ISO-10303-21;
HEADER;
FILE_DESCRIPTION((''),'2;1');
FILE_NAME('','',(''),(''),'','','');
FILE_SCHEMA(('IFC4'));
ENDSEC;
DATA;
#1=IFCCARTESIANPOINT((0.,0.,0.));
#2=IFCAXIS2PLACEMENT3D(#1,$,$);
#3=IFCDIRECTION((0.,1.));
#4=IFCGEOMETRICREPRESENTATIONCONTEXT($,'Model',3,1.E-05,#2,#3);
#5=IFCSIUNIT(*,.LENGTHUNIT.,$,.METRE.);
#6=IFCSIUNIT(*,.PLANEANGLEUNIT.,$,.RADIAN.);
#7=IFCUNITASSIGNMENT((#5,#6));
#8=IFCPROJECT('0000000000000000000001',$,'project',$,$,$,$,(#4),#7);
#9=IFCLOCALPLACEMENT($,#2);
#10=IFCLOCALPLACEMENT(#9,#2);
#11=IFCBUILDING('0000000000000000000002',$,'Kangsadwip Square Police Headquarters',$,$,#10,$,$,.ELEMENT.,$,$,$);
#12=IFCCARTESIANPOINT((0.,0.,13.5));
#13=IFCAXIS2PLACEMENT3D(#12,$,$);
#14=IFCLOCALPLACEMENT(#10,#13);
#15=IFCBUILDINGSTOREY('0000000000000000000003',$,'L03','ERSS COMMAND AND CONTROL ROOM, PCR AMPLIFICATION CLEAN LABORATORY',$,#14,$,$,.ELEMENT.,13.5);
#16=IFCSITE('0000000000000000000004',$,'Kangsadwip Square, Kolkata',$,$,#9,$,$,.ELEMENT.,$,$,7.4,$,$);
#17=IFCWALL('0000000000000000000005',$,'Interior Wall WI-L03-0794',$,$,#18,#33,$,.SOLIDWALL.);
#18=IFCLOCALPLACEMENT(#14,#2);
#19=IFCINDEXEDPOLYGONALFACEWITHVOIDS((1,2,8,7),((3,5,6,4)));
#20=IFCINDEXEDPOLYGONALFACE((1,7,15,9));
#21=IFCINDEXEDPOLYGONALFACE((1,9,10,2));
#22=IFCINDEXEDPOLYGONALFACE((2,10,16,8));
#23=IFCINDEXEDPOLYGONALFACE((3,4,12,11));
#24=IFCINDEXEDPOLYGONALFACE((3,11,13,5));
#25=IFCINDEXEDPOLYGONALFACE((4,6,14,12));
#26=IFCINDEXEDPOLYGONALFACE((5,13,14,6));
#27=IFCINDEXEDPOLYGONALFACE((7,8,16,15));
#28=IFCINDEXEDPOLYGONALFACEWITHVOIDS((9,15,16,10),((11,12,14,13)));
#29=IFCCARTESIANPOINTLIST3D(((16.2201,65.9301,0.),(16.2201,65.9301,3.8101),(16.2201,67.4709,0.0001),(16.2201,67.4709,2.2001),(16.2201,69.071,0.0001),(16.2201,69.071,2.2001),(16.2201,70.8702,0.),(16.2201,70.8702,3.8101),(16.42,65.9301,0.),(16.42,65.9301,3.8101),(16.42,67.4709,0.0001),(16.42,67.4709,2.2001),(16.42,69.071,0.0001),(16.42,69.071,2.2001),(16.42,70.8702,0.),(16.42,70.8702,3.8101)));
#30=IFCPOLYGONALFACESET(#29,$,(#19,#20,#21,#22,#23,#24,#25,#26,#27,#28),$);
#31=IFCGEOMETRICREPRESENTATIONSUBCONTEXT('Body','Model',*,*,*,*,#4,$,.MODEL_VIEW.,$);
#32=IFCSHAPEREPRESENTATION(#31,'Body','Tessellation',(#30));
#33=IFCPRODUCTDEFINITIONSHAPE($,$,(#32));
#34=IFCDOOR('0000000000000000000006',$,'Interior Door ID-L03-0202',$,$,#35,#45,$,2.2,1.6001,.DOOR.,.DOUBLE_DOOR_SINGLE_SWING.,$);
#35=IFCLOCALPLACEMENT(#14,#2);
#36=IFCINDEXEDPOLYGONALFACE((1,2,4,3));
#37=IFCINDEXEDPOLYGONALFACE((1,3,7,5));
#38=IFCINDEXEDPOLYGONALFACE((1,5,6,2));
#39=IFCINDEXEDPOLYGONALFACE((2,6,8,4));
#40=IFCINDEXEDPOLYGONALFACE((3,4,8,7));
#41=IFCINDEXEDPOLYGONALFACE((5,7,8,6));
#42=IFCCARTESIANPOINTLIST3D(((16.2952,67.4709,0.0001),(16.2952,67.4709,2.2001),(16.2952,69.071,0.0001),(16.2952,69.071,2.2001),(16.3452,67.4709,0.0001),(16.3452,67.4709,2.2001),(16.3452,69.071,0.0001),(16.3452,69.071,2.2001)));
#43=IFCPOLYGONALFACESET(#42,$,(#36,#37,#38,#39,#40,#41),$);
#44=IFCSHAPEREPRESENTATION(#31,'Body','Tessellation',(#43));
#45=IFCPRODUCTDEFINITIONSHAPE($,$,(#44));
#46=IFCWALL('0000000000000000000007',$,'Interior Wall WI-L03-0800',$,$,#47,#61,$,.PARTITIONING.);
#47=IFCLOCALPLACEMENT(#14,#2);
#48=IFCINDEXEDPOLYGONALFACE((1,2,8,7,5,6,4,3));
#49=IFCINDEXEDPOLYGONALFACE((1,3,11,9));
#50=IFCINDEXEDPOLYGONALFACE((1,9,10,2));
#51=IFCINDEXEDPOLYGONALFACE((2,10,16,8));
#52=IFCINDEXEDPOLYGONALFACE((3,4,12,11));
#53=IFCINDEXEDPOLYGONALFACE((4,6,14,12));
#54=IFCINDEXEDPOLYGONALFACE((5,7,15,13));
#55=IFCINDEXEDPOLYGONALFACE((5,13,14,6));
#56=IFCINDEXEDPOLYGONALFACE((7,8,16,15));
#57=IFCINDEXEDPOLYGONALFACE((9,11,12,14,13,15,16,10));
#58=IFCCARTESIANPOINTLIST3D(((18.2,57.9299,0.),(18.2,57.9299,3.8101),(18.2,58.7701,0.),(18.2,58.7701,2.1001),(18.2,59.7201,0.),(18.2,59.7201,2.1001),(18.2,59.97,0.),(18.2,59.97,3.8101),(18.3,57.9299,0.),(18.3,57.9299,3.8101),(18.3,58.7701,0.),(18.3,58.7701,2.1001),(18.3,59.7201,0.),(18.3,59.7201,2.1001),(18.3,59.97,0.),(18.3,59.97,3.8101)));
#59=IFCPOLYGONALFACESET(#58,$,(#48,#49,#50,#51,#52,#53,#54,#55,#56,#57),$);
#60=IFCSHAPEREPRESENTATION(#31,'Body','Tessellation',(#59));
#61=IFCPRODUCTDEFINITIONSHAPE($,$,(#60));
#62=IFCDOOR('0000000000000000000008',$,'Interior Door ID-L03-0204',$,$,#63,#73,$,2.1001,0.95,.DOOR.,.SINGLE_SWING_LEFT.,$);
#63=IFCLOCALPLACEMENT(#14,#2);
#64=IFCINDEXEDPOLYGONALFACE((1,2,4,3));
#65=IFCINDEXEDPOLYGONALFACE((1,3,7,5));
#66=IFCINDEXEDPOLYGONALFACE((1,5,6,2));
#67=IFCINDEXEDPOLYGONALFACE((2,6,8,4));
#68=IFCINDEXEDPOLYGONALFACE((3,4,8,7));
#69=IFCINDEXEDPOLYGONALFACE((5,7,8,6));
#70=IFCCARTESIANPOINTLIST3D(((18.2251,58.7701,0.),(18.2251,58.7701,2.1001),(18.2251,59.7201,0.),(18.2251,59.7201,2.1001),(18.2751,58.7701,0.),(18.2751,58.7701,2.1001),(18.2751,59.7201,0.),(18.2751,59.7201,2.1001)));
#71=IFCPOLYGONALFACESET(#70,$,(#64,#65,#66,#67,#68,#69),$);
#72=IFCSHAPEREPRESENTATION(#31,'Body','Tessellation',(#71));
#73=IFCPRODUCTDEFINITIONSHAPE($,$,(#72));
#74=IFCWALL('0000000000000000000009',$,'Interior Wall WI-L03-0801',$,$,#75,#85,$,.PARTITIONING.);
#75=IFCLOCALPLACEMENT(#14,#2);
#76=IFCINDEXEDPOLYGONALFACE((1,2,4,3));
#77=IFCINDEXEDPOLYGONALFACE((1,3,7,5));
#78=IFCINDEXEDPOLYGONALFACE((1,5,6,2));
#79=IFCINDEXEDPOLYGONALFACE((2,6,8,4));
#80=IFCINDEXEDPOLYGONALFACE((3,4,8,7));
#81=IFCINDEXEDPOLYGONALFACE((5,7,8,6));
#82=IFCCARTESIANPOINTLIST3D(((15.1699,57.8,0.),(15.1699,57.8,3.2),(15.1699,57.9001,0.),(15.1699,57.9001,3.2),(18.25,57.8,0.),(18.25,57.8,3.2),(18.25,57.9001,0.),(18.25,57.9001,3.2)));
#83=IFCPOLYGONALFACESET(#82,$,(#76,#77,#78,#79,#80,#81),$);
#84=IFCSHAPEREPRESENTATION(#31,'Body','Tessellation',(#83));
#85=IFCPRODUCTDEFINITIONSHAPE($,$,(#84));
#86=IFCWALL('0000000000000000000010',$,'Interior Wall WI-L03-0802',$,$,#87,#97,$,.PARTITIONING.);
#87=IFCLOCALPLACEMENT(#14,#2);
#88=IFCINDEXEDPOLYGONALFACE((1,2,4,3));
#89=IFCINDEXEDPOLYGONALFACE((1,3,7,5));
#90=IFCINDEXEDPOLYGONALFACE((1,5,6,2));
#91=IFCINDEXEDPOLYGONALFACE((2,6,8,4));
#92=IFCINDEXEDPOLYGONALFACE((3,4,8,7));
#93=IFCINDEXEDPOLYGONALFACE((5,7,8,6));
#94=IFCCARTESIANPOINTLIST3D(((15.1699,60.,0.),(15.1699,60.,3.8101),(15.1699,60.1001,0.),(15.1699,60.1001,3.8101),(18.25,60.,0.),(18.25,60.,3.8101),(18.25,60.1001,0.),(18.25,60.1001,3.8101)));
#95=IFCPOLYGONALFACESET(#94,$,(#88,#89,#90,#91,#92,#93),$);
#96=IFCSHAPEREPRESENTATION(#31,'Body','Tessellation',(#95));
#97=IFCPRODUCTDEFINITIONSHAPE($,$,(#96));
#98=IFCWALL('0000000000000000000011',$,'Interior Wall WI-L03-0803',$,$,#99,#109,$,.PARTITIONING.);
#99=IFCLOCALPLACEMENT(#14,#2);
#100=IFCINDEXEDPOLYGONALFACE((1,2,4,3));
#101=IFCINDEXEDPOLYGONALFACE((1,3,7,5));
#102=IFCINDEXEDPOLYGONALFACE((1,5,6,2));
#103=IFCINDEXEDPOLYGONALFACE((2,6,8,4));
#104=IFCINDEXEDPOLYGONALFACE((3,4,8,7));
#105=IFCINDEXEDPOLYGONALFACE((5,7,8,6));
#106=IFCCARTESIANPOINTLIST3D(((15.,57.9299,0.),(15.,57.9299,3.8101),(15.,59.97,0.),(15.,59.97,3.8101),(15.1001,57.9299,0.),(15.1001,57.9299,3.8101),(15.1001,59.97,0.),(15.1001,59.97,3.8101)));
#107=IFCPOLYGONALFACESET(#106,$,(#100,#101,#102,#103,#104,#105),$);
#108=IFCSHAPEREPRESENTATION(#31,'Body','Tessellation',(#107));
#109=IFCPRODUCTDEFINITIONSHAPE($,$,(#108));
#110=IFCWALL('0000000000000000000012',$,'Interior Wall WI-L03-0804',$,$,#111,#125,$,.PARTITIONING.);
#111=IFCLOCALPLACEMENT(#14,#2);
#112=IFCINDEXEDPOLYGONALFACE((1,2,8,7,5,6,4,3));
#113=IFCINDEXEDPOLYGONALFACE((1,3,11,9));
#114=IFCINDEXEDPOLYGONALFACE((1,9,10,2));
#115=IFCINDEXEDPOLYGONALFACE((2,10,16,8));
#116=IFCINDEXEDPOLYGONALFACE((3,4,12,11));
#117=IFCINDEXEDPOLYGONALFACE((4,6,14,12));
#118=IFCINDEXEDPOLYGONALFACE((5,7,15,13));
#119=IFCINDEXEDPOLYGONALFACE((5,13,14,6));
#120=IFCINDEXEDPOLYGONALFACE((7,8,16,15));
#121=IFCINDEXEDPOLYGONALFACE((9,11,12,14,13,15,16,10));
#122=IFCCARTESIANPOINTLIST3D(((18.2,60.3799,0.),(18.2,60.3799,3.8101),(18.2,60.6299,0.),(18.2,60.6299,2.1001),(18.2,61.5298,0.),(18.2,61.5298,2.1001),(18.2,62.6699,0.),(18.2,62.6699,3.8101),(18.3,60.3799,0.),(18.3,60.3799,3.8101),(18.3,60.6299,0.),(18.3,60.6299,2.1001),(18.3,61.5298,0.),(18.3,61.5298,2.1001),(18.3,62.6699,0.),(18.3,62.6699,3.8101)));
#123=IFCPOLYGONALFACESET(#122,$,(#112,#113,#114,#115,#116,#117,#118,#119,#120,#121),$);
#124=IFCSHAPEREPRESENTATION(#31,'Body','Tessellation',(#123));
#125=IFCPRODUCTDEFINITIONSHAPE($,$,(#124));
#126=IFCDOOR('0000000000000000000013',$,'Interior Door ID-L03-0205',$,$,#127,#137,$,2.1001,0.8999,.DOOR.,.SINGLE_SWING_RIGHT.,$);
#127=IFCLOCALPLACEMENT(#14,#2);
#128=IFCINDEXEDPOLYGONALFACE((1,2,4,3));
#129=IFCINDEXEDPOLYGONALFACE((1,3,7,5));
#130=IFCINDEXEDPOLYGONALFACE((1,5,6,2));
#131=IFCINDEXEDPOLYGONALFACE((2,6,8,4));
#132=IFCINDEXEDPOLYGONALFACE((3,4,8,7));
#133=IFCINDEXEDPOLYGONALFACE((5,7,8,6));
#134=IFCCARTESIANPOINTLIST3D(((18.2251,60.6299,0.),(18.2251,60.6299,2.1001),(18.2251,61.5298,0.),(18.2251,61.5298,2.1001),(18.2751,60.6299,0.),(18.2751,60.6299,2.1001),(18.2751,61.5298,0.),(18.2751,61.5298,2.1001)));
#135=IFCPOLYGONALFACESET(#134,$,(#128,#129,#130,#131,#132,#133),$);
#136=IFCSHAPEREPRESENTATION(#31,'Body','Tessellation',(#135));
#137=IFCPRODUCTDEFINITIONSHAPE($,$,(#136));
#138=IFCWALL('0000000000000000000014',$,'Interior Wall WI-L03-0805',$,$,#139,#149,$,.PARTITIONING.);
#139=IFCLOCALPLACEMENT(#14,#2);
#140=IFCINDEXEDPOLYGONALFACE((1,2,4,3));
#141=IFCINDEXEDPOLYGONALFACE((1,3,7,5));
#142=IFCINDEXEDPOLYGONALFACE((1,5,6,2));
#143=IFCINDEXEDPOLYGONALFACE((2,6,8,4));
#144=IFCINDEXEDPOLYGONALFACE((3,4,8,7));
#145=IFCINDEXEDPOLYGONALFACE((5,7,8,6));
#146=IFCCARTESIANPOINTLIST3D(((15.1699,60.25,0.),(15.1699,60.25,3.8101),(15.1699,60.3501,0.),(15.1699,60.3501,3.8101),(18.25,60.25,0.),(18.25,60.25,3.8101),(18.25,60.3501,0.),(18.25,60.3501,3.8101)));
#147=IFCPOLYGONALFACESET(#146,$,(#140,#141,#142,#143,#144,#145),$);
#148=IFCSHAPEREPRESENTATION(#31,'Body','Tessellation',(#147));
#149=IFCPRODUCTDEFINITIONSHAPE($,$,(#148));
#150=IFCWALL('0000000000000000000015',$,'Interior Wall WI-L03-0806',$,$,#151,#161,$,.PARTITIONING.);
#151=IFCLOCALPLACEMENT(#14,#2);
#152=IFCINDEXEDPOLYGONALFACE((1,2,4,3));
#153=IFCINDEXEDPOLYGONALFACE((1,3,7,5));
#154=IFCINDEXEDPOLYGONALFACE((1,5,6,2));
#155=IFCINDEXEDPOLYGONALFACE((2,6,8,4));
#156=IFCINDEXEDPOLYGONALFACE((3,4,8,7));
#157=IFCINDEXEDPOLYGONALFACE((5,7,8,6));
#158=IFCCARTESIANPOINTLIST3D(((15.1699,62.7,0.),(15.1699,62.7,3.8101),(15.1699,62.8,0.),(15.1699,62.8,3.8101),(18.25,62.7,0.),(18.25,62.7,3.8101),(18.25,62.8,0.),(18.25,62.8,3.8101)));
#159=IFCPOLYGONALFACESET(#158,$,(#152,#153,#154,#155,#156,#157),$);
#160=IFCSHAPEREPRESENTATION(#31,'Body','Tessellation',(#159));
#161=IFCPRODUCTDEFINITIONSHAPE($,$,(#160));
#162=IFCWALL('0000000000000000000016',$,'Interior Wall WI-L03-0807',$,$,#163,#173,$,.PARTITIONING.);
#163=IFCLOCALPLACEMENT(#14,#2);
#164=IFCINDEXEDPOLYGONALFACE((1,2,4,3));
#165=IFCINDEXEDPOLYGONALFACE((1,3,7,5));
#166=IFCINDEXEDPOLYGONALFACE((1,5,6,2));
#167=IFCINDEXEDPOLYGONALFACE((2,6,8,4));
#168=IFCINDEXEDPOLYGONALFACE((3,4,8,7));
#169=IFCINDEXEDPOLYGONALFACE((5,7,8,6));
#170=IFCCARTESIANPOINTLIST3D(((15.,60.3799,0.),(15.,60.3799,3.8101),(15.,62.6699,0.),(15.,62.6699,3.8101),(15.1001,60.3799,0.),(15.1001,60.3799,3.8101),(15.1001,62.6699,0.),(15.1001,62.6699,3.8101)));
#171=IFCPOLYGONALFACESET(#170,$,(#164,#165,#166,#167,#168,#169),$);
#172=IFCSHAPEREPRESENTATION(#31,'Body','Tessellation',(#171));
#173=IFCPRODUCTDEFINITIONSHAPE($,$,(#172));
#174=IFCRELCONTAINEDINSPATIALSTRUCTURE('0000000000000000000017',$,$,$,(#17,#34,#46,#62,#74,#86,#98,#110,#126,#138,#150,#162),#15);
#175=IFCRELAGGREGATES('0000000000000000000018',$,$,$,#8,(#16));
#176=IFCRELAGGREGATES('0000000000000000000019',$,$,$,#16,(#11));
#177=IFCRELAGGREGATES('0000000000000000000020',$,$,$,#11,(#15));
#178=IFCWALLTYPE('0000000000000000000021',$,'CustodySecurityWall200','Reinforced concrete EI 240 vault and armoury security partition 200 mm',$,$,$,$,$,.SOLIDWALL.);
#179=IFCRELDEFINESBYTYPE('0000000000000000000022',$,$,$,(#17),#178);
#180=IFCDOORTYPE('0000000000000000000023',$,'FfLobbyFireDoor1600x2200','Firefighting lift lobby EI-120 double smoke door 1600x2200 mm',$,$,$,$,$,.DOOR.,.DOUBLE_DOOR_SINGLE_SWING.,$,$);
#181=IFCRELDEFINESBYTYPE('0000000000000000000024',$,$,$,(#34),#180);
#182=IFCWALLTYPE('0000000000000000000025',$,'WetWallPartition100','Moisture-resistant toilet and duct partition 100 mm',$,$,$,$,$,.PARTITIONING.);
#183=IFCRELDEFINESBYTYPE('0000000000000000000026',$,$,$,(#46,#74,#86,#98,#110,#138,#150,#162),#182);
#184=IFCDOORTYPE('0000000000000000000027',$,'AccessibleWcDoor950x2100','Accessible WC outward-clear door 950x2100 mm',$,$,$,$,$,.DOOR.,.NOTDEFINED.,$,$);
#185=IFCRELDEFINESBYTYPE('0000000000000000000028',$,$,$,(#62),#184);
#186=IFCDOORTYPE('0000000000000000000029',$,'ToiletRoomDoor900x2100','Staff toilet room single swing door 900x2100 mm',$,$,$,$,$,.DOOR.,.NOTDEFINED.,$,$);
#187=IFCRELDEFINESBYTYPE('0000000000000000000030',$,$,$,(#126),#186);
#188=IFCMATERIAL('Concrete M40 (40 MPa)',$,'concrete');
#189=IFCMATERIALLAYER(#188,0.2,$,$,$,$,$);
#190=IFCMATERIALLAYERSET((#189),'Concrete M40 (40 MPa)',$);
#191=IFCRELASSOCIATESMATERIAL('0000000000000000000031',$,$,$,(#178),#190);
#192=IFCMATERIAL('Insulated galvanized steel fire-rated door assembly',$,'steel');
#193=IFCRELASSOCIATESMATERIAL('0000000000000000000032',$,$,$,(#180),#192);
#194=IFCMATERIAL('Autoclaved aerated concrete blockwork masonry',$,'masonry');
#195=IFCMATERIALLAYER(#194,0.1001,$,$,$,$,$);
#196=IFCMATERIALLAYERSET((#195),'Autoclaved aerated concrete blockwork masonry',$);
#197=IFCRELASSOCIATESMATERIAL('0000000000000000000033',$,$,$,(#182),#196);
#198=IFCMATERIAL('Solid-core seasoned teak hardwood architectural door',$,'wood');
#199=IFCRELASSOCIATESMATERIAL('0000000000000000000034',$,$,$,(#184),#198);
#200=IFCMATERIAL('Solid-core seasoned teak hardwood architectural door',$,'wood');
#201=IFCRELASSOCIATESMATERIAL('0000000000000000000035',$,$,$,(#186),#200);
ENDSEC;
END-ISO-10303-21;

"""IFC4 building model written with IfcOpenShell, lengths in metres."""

from ifc_helpers import new_model, si_unit, direction, frame, frame_2d, origin, place, context, subcontext, project, spatial, rectangle, extrude, material, layer, layer_set, type_object, element, fill, save


model = new_model("IFC4")

# Units and contexts
model_context = context("Model", 3, precision=1e-05, world=origin(), true_north=direction((0.0, 1.0)))
body_context = subcontext(model_context, "Body", "Model", "MODEL_VIEW")
ifc_project = project(units=[si_unit("LENGTHUNIT", "METRE"), si_unit("PLANEANGLEUNIT", "RADIAN")], contexts=[model_context])

# Site, building, storey
site_placement = place(None, origin())
site = spatial("IfcSite", under=ifc_project, at=site_placement, Name="Kangsadwip Square, Kolkata", CompositionType="ELEMENT", RefElevation=7.4)
building_placement = place(site_placement, origin())
building = spatial("IfcBuilding", under=site, at=building_placement, Name="Kangsadwip Square Police Headquarters", CompositionType="ELEMENT")
storey_placement = place(building_placement, frame((0.0, 0.0, 13.5)))
storey = spatial("IfcBuildingStorey", under=building, at=storey_placement, Name="L03", Description="ERSS COMMAND AND CONTROL ROOM, PCR AMPLIFICATION CLEAN LABORATORY", CompositionType="ELEMENT", Elevation=13.5)

# Walls, openings, doors
ifc_material_1 = material(Name="Concrete M40 (40 MPa)", Category="concrete")
ifc_layer_1 = layer(ifc_material_1, 0.2)
ifc_layer_set_1 = layer_set([ifc_layer_1], Name="Concrete M40 (40 MPa)")
wall_type_1 = type_object("IfcWallType", Name="CustodySecurityWall200", Description="Reinforced concrete EI 240 vault and armoury security partition 200 mm", PredefinedType="SOLIDWALL", material=ifc_layer_set_1)
wall_1_placement = place(storey_placement, frame((16.3201, 65.9299, 0.0), z_axis=(0.0, 0.0, 1.0), x_axis=(0.0, 1.0, 0.0)))
wall_1 = element("IfcWall", 1, at=wall_1_placement, inside=storey, type_object=wall_type_1, Name="Interior Wall WI-L03-0794", PredefinedType="SOLIDWALL", context=body_context, shape_type="SweptSolid", body=[
    extrude(rectangle(XDim=4.9402, YDim=0.2, at=frame_2d((2.4702, 0.0))), origin(), (0.0, 0.0, 1.0), 3.8101),
])
opening_1_placement = place(wall_1_placement, frame((1.541, 0.0, 0.0)))
opening_1 = element("IfcOpeningElement", 2, at=opening_1_placement, cuts=wall_1, PredefinedType="OPENING", context=body_context, shape_type="SweptSolid", body=[
    extrude(rectangle(XDim=1.6001, YDim=2.2, at=frame_2d((0.8, 1.1001))), frame((0.0, 0.1099, 0.0), z_axis=(0.0, -1.0, 0.0), x_axis=(1.0, 0.0, 0.0)), (0.0, 0.0, 1.0), 0.22),
])
ifc_material_2 = material(Name="Insulated galvanized steel fire-rated door assembly", Category="steel")
door_type_1 = type_object("IfcDoorType", Name="FfLobbyFireDoor1600x2200", Description="Firefighting lift lobby EI-120 double smoke door 1600x2200 mm", OperationType="DOUBLE_DOOR_SINGLE_SWING", PredefinedType="DOOR", material=ifc_material_2)
door_1_placement = place(opening_1_placement, origin())
door_1 = element("IfcDoor", 3, at=door_1_placement, inside=storey, type_object=door_type_1, Name="Interior Door ID-L03-0202", OperationType="DOUBLE_DOOR_SINGLE_SWING", OverallHeight=2.2, OverallWidth=1.6001, PredefinedType="DOOR", context=body_context, shape_type="SweptSolid", body=[
    extrude(rectangle(XDim=1.6001, YDim=2.2, at=frame_2d((0.8, 1.1001))), frame((0.0, 0.0249, 0.0), z_axis=(0.0, -1.0, 0.0), x_axis=(1.0, 0.0, 0.0)), (0.0, 0.0, 1.0), 0.05),
])
fill(opening_1, door_1)
ifc_material_3 = material(Name="Autoclaved aerated concrete blockwork masonry", Category="masonry")
ifc_layer_2 = layer(ifc_material_3, 0.1001)
ifc_layer_set_2 = layer_set([ifc_layer_2], Name="Autoclaved aerated concrete blockwork masonry")
wall_type_2 = type_object("IfcWallType", Name="WetWallPartition100", Description="Moisture-resistant toilet and duct partition 100 mm", PredefinedType="PARTITIONING", material=ifc_layer_set_2)
wall_2_placement = place(storey_placement, frame((18.25, 57.9299, 0.0), z_axis=(0.0, 0.0, 1.0), x_axis=(0.0, 1.0, 0.0)))
wall_2 = element("IfcWall", 4, at=wall_2_placement, inside=storey, type_object=wall_type_2, Name="Interior Wall WI-L03-0800", PredefinedType="PARTITIONING", context=body_context, shape_type="SweptSolid", body=[
    extrude(rectangle(XDim=2.04, YDim=0.1001, at=frame_2d((1.02, 0.0))), origin(), (0.0, 0.0, 1.0), 3.8101),
])
opening_2_placement = place(wall_2_placement, frame((0.8401, 0.0, 0.0)))
opening_2 = element("IfcOpeningElement", 5, at=opening_2_placement, cuts=wall_2, PredefinedType="OPENING", context=body_context, shape_type="SweptSolid", body=[
    extrude(rectangle(XDim=0.95, YDim=2.1001, at=frame_2d((0.4751, 1.05))), frame((0.0, 0.0601, 0.0), z_axis=(0.0, -1.0, 0.0), x_axis=(1.0, 0.0, 0.0)), (0.0, 0.0, 1.0), 0.1201),
])
ifc_material_4 = material(Name="Solid-core seasoned teak hardwood architectural door", Category="wood")
door_type_2 = type_object("IfcDoorType", Name="AccessibleWcDoor950x2100", Description="Accessible WC outward-clear door 950x2100 mm", OperationType="NOTDEFINED", PredefinedType="DOOR", material=ifc_material_4)
door_2_placement = place(opening_2_placement, origin())
door_2 = element("IfcDoor", 6, at=door_2_placement, inside=storey, type_object=door_type_2, Name="Interior Door ID-L03-0204", OperationType="SINGLE_SWING_LEFT", OverallHeight=2.1001, OverallWidth=0.95, PredefinedType="DOOR", context=body_context, shape_type="SweptSolid", body=[
    extrude(rectangle(XDim=0.95, YDim=2.1001, at=frame_2d((0.4751, 1.05))), frame((0.0, 0.0249, 0.0), z_axis=(0.0, -1.0, 0.0), x_axis=(1.0, 0.0, 0.0)), (0.0, 0.0, 1.0), 0.05),
])
fill(opening_2, door_2)

# Walls
wall_3_placement = place(storey_placement, frame((15.1699, 57.8501, 0.0), z_axis=(0.0, 0.0, 1.0), x_axis=(1.0, 0.0, 0.0)))
element("IfcWall", 7, at=wall_3_placement, inside=storey, type_object=wall_type_2, Name="Interior Wall WI-L03-0801", PredefinedType="PARTITIONING", context=body_context, shape_type="SweptSolid", body=[
    extrude(rectangle(XDim=3.0801, YDim=0.1001, at=frame_2d((1.54, 0.0))), origin(), (0.0, 0.0, 1.0), 3.2),
])
wall_4_placement = place(storey_placement, frame((15.1699, 60.05, 0.0), z_axis=(0.0, 0.0, 1.0), x_axis=(1.0, 0.0, 0.0)))
element("IfcWall", 8, at=wall_4_placement, inside=storey, type_object=wall_type_2, Name="Interior Wall WI-L03-0802", PredefinedType="PARTITIONING", context=body_context, shape_type="SweptSolid", body=[
    extrude(rectangle(XDim=3.0801, YDim=0.1001, at=frame_2d((1.54, 0.0))), origin(), (0.0, 0.0, 1.0), 3.8101),
])
wall_5_placement = place(storey_placement, frame((15.05, 57.9299, 0.0), z_axis=(0.0, 0.0, 1.0), x_axis=(0.0, 1.0, 0.0)))
element("IfcWall", 9, at=wall_5_placement, inside=storey, type_object=wall_type_2, Name="Interior Wall WI-L03-0803", PredefinedType="PARTITIONING", context=body_context, shape_type="SweptSolid", body=[
    extrude(rectangle(XDim=2.04, YDim=0.1001, at=frame_2d((1.02, 0.0))), origin(), (0.0, 0.0, 1.0), 3.8101),
])

# Wall, opening, door
wall_6_placement = place(storey_placement, frame((18.25, 60.3799, 0.0), z_axis=(0.0, 0.0, 1.0), x_axis=(0.0, 1.0, 0.0)))
wall_6 = element("IfcWall", 10, at=wall_6_placement, inside=storey, type_object=wall_type_2, Name="Interior Wall WI-L03-0804", PredefinedType="PARTITIONING", context=body_context, shape_type="SweptSolid", body=[
    extrude(rectangle(XDim=2.29, YDim=0.1001, at=frame_2d((1.145, 0.0))), origin(), (0.0, 0.0, 1.0), 3.8101),
])
opening_3_placement = place(wall_6_placement, frame((0.25, 0.0, 0.0)))
opening_3 = element("IfcOpeningElement", 11, at=opening_3_placement, cuts=wall_6, PredefinedType="OPENING", context=body_context, shape_type="SweptSolid", body=[
    extrude(rectangle(XDim=0.8999, YDim=2.1001, at=frame_2d((0.45, 1.05))), frame((0.0, 0.0601, 0.0), z_axis=(0.0, -1.0, 0.0), x_axis=(1.0, 0.0, 0.0)), (0.0, 0.0, 1.0), 0.1201),
])
ifc_material_5 = material(Name="Solid-core seasoned teak hardwood architectural door", Category="wood")
door_type_3 = type_object("IfcDoorType", Name="ToiletRoomDoor900x2100", Description="Staff toilet room single swing door 900x2100 mm", OperationType="NOTDEFINED", PredefinedType="DOOR", material=ifc_material_5)
door_3_placement = place(opening_3_placement, origin())
door_3 = element("IfcDoor", 12, at=door_3_placement, inside=storey, type_object=door_type_3, Name="Interior Door ID-L03-0205", OperationType="SINGLE_SWING_RIGHT", OverallHeight=2.1001, OverallWidth=0.8999, PredefinedType="DOOR", context=body_context, shape_type="SweptSolid", body=[
    extrude(rectangle(XDim=0.8999, YDim=2.1001, at=frame_2d((0.45, 1.05))), frame((0.0, 0.0249, 0.0), z_axis=(0.0, -1.0, 0.0), x_axis=(1.0, 0.0, 0.0)), (0.0, 0.0, 1.0), 0.05),
])
fill(opening_3, door_3)

# Walls
for number, where, z_axis, x_axis, name in (
    (13, (15.1699, 60.3, 0.0), (0.0, 0.0, 1.0), (1.0, 0.0, 0.0), "Interior Wall WI-L03-0805"),
    (14, (15.1699, 62.75, 0.0), (0.0, 0.0, 1.0), (1.0, 0.0, 0.0), "Interior Wall WI-L03-0806"),
):
    element("IfcWall", number, at=place(storey_placement, frame(where, z_axis=z_axis, x_axis=x_axis)), inside=storey, type_object=wall_type_2, Name=name, PredefinedType="PARTITIONING", context=body_context, shape_type="SweptSolid", body=[
        extrude(rectangle(XDim=3.0801, YDim=0.1001, at=frame_2d((1.54, 0.0))), origin(), (0.0, 0.0, 1.0), 3.8101),
    ])
wall_7_placement = place(storey_placement, frame((15.05, 60.3799, 0.0), z_axis=(0.0, 0.0, 1.0), x_axis=(0.0, 1.0, 0.0)))
element("IfcWall", 15, at=wall_7_placement, inside=storey, type_object=wall_type_2, Name="Interior Wall WI-L03-0807", PredefinedType="PARTITIONING", context=body_context, shape_type="SweptSolid", body=[
    extrude(rectangle(XDim=2.29, YDim=0.1001, at=frame_2d((1.145, 0.0))), origin(), (0.0, 0.0, 1.0), 3.8101),
])

save(model, "model.ifc")
